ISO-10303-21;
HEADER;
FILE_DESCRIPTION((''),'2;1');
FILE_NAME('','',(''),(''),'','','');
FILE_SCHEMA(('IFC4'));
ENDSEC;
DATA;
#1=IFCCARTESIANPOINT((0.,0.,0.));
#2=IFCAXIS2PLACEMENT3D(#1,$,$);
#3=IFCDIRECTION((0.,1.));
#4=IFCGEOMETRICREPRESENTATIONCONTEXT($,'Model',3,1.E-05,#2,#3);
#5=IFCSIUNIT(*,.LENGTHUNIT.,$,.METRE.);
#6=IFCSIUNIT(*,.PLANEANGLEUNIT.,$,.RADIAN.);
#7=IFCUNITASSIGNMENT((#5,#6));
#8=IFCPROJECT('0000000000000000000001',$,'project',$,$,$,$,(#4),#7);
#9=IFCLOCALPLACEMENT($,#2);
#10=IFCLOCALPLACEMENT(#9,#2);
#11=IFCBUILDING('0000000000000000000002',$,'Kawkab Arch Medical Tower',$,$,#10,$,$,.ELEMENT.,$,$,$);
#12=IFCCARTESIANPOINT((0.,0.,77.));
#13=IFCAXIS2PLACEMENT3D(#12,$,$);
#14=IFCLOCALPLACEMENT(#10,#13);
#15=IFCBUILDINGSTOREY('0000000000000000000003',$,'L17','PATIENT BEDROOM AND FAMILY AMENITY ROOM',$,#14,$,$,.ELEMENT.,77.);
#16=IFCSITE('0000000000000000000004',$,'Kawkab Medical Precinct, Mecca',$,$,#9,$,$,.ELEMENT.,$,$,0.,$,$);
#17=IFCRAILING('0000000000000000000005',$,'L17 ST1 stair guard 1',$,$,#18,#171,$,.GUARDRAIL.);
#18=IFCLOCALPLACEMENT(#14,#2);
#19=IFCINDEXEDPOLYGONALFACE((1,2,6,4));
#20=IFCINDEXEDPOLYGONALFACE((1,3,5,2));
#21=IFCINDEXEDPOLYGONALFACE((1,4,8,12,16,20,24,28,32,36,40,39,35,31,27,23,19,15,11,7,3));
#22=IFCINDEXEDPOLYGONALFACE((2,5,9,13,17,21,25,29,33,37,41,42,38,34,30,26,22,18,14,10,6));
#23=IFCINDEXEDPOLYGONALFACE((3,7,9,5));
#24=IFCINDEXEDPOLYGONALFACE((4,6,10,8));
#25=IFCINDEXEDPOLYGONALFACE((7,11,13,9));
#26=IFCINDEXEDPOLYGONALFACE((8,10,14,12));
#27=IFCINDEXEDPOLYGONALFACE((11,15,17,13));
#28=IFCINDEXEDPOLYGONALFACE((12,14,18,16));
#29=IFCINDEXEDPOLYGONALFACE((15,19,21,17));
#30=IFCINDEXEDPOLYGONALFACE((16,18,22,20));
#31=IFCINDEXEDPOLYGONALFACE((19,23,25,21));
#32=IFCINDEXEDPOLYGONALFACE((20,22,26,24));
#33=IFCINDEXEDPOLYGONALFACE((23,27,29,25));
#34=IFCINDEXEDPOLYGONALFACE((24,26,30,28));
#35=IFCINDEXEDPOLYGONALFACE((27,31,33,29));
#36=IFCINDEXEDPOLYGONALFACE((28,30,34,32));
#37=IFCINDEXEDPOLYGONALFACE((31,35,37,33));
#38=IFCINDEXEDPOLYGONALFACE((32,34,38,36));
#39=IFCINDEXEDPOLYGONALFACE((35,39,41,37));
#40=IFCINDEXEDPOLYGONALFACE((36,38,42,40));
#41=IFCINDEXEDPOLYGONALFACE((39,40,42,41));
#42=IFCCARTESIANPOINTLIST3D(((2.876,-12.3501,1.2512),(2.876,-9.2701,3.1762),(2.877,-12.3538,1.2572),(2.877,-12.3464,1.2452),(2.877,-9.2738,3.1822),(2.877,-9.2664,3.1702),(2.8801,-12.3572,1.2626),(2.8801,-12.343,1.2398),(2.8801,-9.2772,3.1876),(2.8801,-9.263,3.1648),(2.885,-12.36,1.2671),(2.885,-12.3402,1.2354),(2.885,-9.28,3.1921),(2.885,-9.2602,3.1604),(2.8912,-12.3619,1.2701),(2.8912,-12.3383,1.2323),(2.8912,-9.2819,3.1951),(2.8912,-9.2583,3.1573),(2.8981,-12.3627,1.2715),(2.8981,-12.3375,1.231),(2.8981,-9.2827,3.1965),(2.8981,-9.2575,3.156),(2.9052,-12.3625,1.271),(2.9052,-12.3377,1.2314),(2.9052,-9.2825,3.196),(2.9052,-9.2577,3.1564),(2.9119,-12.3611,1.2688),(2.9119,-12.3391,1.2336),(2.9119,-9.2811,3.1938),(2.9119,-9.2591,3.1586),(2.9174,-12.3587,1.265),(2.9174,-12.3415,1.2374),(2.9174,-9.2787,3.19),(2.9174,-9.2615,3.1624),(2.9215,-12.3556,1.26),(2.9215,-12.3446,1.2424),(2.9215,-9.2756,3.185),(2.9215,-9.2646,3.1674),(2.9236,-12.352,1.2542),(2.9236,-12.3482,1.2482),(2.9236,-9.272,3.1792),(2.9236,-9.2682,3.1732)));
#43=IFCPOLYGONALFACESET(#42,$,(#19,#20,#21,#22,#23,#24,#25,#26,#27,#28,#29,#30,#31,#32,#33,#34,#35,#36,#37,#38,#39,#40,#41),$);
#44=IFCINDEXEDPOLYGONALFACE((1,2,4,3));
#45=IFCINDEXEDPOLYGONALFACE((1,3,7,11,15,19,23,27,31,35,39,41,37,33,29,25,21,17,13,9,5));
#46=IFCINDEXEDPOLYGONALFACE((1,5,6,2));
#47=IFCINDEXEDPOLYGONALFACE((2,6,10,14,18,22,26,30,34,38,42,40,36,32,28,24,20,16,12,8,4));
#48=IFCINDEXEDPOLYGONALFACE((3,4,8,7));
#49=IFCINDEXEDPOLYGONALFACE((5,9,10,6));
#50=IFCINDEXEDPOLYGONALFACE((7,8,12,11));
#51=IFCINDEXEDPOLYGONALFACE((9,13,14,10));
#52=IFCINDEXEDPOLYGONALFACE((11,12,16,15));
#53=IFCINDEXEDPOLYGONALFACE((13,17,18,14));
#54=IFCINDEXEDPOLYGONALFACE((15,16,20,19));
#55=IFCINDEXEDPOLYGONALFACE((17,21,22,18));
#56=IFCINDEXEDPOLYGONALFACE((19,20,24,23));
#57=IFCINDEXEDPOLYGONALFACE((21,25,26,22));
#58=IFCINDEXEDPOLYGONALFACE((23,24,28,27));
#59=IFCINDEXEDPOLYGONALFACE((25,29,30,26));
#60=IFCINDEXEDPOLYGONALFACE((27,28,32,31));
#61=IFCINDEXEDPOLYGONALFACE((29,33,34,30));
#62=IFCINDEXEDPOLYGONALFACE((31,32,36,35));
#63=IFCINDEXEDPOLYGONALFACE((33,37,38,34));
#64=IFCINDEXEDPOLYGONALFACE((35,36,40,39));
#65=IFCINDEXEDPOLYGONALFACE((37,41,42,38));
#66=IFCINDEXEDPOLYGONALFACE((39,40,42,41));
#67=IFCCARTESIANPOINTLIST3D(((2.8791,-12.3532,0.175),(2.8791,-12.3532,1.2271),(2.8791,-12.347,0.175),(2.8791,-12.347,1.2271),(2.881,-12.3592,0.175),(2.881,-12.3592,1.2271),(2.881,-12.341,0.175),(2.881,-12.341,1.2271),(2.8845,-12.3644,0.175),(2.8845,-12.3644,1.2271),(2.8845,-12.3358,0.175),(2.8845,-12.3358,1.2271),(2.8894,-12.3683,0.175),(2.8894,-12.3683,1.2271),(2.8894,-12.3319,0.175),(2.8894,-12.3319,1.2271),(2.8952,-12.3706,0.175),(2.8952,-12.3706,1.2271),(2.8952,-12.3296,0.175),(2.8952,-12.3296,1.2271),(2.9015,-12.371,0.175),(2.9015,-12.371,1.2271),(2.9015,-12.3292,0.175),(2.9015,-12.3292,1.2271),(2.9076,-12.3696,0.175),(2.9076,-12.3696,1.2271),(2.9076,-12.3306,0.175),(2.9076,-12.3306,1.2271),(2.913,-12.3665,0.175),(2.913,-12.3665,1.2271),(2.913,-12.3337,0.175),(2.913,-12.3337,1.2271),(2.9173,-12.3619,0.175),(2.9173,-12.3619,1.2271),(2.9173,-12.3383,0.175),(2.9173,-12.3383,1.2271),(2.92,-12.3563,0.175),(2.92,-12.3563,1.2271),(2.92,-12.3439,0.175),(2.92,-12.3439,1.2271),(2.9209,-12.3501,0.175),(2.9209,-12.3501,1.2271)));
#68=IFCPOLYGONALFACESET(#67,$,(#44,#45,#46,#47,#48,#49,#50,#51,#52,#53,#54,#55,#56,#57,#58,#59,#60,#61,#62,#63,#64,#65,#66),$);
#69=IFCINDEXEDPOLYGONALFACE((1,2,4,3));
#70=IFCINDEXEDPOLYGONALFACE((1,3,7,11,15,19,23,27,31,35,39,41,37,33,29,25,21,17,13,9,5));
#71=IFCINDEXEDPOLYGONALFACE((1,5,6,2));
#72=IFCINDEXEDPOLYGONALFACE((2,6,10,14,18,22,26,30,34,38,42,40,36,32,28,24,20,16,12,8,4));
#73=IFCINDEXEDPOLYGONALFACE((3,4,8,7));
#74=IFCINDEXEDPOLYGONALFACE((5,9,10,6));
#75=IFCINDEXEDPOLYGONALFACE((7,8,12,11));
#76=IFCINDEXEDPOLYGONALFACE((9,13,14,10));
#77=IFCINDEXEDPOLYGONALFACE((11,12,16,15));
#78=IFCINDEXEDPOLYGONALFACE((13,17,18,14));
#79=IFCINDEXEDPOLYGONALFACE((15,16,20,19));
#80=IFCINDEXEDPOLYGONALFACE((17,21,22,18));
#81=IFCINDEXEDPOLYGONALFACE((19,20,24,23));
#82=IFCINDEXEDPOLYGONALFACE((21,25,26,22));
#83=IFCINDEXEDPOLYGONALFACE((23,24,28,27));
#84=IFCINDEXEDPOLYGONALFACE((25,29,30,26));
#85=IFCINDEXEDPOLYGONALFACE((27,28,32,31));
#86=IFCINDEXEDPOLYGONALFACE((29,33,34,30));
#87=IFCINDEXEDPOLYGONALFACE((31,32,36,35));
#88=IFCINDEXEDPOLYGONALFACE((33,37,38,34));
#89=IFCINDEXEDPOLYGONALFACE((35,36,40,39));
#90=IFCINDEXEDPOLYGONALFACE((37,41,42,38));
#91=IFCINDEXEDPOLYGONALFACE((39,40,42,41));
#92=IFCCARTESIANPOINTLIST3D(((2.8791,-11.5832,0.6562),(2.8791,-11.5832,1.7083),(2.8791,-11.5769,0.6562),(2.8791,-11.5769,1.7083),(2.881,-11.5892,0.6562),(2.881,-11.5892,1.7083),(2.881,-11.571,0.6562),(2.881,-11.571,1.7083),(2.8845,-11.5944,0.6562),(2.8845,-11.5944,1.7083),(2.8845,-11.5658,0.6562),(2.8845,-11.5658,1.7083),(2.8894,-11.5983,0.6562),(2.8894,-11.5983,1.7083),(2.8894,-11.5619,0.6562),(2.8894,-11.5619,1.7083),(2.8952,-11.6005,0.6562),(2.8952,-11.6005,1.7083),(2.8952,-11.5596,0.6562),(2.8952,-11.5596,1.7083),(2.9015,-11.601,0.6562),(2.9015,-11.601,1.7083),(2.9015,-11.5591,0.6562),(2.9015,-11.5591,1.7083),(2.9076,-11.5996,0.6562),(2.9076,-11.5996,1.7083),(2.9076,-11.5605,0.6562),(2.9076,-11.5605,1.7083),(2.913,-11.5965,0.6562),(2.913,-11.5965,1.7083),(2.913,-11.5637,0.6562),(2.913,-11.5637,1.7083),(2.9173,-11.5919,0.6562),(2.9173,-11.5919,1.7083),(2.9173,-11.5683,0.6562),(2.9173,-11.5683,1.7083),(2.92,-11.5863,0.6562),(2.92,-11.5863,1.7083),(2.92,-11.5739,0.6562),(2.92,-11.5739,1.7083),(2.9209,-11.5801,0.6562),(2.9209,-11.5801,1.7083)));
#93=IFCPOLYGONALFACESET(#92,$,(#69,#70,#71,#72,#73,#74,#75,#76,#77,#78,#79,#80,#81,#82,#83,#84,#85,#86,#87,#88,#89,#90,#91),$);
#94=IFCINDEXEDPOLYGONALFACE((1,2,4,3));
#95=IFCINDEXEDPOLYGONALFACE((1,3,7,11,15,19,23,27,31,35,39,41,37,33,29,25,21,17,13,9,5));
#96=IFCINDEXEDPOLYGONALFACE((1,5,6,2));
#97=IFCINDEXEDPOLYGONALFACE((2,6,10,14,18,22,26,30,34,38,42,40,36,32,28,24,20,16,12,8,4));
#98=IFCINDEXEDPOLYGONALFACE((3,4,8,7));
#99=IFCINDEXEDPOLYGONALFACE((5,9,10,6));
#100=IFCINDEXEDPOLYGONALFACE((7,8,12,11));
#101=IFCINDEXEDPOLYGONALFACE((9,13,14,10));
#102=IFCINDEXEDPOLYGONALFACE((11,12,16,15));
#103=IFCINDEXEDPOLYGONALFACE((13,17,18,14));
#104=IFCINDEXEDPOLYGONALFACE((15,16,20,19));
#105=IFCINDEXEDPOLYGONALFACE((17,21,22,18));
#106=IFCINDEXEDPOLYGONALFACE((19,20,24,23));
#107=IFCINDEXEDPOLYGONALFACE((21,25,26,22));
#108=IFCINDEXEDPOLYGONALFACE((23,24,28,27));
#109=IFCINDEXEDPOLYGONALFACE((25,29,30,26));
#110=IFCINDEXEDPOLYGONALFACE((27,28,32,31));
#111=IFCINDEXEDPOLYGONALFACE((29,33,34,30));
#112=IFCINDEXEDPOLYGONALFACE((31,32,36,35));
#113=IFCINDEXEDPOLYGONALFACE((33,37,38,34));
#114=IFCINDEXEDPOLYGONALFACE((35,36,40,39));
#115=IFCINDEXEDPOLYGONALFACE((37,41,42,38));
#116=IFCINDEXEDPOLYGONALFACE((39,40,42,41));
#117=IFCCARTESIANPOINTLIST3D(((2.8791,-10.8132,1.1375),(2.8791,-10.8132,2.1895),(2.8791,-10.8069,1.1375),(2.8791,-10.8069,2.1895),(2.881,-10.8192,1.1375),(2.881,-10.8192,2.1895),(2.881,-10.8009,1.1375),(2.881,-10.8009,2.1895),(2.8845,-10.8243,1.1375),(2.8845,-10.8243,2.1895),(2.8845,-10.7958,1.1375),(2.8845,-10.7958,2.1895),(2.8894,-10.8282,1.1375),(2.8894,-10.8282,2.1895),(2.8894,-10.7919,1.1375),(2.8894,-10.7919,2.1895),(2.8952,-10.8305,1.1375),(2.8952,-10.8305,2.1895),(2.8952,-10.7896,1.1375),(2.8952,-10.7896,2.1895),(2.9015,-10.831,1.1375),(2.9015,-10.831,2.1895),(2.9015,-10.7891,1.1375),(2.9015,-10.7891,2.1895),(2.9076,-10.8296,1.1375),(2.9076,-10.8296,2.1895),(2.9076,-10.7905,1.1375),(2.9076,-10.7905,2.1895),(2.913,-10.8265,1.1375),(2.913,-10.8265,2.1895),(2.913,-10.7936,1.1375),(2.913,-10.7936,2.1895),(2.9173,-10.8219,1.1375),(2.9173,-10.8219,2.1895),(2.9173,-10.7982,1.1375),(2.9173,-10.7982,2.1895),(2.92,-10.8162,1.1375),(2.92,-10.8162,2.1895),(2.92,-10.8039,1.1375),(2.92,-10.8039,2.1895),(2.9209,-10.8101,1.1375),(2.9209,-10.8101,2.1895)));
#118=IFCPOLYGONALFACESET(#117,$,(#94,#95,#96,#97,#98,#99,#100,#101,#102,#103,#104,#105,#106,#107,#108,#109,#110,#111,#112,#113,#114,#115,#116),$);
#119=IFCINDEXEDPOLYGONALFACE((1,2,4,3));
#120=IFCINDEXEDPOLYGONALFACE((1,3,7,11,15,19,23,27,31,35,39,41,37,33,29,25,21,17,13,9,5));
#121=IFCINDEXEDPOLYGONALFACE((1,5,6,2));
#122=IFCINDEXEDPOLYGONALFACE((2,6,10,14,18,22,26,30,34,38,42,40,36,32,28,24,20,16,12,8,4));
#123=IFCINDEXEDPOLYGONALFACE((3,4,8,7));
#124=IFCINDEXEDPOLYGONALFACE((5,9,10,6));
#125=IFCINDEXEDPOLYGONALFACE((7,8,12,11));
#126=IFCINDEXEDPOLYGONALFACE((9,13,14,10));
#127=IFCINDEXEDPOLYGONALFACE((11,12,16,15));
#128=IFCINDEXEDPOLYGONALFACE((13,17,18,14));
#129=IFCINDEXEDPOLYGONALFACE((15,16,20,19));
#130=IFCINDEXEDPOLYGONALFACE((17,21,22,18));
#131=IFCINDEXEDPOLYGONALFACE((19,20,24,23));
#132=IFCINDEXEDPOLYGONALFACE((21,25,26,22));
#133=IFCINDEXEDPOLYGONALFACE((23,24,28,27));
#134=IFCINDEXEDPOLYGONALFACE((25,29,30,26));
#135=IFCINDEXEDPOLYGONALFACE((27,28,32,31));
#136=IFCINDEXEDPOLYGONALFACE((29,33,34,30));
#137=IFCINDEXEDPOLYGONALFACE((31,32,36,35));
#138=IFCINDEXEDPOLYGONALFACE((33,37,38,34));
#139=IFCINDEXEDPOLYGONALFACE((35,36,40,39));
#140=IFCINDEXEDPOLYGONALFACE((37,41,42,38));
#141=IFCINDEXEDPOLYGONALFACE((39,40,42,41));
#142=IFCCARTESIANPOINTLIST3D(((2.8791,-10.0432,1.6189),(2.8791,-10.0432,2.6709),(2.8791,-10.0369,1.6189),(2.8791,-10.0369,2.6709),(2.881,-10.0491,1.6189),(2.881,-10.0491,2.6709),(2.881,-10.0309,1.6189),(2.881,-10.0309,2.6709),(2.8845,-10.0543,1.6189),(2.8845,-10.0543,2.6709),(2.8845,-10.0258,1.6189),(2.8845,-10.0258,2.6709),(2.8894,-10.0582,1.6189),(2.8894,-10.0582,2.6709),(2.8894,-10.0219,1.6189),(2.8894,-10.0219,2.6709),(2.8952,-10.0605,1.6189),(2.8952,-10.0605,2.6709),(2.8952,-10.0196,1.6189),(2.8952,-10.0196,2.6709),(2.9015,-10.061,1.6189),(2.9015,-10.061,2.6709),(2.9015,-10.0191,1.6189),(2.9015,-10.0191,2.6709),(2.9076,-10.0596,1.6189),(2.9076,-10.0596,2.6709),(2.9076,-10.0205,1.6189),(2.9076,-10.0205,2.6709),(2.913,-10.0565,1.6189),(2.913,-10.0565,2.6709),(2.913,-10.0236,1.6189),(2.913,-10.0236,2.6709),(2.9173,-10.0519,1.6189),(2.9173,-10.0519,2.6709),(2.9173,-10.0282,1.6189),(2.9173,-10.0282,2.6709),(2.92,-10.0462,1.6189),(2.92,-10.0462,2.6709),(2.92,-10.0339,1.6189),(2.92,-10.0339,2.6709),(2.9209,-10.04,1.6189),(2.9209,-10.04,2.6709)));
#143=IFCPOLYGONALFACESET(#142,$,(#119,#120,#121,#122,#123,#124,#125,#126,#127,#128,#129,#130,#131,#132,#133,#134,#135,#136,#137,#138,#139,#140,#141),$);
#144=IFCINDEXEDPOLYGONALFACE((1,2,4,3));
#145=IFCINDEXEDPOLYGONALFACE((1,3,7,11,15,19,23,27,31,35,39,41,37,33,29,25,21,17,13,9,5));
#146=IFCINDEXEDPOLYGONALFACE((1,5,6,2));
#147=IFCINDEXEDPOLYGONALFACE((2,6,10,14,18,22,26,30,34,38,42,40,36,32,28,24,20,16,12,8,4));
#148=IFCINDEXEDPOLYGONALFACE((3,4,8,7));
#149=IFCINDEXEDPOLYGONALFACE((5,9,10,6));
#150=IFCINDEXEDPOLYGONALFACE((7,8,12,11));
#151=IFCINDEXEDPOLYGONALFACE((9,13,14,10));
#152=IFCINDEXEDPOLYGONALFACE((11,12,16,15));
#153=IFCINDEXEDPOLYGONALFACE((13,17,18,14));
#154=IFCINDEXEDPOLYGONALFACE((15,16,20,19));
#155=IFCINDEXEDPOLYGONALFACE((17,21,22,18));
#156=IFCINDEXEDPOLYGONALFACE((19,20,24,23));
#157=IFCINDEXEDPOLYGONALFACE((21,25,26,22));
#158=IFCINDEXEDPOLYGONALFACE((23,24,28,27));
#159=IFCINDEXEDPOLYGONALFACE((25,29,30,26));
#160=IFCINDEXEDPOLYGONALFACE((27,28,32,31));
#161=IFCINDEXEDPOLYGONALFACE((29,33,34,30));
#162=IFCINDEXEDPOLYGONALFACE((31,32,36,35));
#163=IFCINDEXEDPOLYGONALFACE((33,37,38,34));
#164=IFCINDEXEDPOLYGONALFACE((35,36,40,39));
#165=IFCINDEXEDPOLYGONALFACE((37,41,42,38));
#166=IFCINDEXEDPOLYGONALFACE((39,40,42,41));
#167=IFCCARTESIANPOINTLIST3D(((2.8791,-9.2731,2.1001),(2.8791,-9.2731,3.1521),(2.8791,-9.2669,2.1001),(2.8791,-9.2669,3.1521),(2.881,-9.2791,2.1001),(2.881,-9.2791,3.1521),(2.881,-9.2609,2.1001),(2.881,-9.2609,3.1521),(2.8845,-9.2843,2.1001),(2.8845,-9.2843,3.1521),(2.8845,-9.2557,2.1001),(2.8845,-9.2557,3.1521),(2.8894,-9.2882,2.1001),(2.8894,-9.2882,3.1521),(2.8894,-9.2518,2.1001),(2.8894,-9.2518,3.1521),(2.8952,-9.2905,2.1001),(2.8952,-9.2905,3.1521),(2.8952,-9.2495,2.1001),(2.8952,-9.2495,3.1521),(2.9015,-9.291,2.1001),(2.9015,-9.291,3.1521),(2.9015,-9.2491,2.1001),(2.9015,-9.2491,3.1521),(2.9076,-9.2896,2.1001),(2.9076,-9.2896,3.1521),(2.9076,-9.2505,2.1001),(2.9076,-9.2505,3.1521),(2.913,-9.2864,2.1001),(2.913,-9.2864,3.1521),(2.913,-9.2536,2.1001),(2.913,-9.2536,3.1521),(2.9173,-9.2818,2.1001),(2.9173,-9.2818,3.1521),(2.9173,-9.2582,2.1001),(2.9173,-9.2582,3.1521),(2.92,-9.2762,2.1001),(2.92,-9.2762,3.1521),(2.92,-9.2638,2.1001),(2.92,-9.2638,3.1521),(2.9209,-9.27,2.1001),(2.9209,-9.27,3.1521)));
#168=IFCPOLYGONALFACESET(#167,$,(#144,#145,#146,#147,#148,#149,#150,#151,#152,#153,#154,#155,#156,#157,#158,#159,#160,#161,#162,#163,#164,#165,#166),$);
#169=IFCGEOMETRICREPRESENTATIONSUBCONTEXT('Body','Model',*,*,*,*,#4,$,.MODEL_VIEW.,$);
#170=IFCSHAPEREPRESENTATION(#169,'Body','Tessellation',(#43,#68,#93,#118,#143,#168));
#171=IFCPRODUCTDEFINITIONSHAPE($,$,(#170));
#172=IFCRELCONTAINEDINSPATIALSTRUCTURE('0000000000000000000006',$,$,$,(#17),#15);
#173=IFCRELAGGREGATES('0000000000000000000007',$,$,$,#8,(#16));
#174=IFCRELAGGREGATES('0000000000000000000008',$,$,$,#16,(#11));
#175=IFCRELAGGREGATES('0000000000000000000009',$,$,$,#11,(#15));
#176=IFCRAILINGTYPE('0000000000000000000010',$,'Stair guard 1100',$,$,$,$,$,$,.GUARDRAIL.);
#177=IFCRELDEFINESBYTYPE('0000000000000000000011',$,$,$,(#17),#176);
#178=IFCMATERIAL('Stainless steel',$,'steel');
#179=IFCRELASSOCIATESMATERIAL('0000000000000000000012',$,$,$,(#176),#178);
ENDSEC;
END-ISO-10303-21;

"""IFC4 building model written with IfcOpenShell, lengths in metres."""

from ifc_helpers import new_model, si_unit, direction, frame, origin, origin_2d, place, context, subcontext, project, spatial, circle, extrude, material, type_object, element, save


model = new_model("IFC4")

# Units and contexts
model_context = context("Model", 3, precision=1e-05, world=origin(), true_north=direction((0.0, 1.0)))
body_context = subcontext(model_context, "Body", "Model", "MODEL_VIEW")
ifc_project = project(units=[si_unit("LENGTHUNIT", "METRE"), si_unit("PLANEANGLEUNIT", "RADIAN")], contexts=[model_context])

# Site, building, storey
site_placement = place(None, origin())
site = spatial("IfcSite", under=ifc_project, at=site_placement, Name="Kawkab Medical Precinct, Mecca", CompositionType="ELEMENT", RefElevation=0.0)
building_placement = place(site_placement, origin())
building = spatial("IfcBuilding", under=site, at=building_placement, Name="Kawkab Arch Medical Tower", CompositionType="ELEMENT")
storey_placement = place(building_placement, frame((0.0, 0.0, 77.0)))
storey = spatial("IfcBuildingStorey", under=building, at=storey_placement, Name="L17", Description="PATIENT BEDROOM AND FAMILY AMENITY ROOM", CompositionType="ELEMENT", Elevation=77.0)

# Railing
ifc_material_1 = material(Name="Stainless steel", Category="steel")
railing_type = type_object("IfcRailingType", Name="Stair guard 1100", PredefinedType="GUARDRAIL", material=ifc_material_1)
railing_placement = place(storey_placement, frame((2.8999, -12.3501, 0.175)))
element("IfcRailing", 1, at=railing_placement, inside=storey, type_object=railing_type, Name="L17 ST1 stair guard 1", PredefinedType="GUARDRAIL", context=body_context, shape_type="SweptSolid", body=[
    extrude(circle(Radius=0.0239, at=origin_2d()), frame((0.0, 0.0, 1.0762), z_axis=(0.0, 0.847998, 0.529999), x_axis=(-1.0, 0.0, 0.0)), (0.0, 0.0, 1.0), 3.6321),
    extrude(circle(Radius=0.021, at=origin_2d()), origin(), (0.0, 0.0, 1.0), 1.052),
    extrude(circle(Radius=0.021, at=origin_2d()), frame((0.0, 0.77, 0.4812)), (0.0, 0.0, 1.0), 1.052),
    extrude(circle(Radius=0.021, at=origin_2d()), frame((0.0, 1.54, 0.9624)), (0.0, 0.0, 1.0), 1.052),
    extrude(circle(Radius=0.021, at=origin_2d()), frame((0.0, 2.3101, 1.4438)), (0.0, 0.0, 1.0), 1.052),
    extrude(circle(Radius=0.021, at=origin_2d()), frame((0.0, 3.0801, 1.925)), (0.0, 0.0, 1.0), 1.052),
])

save(model, "model.ifc")
